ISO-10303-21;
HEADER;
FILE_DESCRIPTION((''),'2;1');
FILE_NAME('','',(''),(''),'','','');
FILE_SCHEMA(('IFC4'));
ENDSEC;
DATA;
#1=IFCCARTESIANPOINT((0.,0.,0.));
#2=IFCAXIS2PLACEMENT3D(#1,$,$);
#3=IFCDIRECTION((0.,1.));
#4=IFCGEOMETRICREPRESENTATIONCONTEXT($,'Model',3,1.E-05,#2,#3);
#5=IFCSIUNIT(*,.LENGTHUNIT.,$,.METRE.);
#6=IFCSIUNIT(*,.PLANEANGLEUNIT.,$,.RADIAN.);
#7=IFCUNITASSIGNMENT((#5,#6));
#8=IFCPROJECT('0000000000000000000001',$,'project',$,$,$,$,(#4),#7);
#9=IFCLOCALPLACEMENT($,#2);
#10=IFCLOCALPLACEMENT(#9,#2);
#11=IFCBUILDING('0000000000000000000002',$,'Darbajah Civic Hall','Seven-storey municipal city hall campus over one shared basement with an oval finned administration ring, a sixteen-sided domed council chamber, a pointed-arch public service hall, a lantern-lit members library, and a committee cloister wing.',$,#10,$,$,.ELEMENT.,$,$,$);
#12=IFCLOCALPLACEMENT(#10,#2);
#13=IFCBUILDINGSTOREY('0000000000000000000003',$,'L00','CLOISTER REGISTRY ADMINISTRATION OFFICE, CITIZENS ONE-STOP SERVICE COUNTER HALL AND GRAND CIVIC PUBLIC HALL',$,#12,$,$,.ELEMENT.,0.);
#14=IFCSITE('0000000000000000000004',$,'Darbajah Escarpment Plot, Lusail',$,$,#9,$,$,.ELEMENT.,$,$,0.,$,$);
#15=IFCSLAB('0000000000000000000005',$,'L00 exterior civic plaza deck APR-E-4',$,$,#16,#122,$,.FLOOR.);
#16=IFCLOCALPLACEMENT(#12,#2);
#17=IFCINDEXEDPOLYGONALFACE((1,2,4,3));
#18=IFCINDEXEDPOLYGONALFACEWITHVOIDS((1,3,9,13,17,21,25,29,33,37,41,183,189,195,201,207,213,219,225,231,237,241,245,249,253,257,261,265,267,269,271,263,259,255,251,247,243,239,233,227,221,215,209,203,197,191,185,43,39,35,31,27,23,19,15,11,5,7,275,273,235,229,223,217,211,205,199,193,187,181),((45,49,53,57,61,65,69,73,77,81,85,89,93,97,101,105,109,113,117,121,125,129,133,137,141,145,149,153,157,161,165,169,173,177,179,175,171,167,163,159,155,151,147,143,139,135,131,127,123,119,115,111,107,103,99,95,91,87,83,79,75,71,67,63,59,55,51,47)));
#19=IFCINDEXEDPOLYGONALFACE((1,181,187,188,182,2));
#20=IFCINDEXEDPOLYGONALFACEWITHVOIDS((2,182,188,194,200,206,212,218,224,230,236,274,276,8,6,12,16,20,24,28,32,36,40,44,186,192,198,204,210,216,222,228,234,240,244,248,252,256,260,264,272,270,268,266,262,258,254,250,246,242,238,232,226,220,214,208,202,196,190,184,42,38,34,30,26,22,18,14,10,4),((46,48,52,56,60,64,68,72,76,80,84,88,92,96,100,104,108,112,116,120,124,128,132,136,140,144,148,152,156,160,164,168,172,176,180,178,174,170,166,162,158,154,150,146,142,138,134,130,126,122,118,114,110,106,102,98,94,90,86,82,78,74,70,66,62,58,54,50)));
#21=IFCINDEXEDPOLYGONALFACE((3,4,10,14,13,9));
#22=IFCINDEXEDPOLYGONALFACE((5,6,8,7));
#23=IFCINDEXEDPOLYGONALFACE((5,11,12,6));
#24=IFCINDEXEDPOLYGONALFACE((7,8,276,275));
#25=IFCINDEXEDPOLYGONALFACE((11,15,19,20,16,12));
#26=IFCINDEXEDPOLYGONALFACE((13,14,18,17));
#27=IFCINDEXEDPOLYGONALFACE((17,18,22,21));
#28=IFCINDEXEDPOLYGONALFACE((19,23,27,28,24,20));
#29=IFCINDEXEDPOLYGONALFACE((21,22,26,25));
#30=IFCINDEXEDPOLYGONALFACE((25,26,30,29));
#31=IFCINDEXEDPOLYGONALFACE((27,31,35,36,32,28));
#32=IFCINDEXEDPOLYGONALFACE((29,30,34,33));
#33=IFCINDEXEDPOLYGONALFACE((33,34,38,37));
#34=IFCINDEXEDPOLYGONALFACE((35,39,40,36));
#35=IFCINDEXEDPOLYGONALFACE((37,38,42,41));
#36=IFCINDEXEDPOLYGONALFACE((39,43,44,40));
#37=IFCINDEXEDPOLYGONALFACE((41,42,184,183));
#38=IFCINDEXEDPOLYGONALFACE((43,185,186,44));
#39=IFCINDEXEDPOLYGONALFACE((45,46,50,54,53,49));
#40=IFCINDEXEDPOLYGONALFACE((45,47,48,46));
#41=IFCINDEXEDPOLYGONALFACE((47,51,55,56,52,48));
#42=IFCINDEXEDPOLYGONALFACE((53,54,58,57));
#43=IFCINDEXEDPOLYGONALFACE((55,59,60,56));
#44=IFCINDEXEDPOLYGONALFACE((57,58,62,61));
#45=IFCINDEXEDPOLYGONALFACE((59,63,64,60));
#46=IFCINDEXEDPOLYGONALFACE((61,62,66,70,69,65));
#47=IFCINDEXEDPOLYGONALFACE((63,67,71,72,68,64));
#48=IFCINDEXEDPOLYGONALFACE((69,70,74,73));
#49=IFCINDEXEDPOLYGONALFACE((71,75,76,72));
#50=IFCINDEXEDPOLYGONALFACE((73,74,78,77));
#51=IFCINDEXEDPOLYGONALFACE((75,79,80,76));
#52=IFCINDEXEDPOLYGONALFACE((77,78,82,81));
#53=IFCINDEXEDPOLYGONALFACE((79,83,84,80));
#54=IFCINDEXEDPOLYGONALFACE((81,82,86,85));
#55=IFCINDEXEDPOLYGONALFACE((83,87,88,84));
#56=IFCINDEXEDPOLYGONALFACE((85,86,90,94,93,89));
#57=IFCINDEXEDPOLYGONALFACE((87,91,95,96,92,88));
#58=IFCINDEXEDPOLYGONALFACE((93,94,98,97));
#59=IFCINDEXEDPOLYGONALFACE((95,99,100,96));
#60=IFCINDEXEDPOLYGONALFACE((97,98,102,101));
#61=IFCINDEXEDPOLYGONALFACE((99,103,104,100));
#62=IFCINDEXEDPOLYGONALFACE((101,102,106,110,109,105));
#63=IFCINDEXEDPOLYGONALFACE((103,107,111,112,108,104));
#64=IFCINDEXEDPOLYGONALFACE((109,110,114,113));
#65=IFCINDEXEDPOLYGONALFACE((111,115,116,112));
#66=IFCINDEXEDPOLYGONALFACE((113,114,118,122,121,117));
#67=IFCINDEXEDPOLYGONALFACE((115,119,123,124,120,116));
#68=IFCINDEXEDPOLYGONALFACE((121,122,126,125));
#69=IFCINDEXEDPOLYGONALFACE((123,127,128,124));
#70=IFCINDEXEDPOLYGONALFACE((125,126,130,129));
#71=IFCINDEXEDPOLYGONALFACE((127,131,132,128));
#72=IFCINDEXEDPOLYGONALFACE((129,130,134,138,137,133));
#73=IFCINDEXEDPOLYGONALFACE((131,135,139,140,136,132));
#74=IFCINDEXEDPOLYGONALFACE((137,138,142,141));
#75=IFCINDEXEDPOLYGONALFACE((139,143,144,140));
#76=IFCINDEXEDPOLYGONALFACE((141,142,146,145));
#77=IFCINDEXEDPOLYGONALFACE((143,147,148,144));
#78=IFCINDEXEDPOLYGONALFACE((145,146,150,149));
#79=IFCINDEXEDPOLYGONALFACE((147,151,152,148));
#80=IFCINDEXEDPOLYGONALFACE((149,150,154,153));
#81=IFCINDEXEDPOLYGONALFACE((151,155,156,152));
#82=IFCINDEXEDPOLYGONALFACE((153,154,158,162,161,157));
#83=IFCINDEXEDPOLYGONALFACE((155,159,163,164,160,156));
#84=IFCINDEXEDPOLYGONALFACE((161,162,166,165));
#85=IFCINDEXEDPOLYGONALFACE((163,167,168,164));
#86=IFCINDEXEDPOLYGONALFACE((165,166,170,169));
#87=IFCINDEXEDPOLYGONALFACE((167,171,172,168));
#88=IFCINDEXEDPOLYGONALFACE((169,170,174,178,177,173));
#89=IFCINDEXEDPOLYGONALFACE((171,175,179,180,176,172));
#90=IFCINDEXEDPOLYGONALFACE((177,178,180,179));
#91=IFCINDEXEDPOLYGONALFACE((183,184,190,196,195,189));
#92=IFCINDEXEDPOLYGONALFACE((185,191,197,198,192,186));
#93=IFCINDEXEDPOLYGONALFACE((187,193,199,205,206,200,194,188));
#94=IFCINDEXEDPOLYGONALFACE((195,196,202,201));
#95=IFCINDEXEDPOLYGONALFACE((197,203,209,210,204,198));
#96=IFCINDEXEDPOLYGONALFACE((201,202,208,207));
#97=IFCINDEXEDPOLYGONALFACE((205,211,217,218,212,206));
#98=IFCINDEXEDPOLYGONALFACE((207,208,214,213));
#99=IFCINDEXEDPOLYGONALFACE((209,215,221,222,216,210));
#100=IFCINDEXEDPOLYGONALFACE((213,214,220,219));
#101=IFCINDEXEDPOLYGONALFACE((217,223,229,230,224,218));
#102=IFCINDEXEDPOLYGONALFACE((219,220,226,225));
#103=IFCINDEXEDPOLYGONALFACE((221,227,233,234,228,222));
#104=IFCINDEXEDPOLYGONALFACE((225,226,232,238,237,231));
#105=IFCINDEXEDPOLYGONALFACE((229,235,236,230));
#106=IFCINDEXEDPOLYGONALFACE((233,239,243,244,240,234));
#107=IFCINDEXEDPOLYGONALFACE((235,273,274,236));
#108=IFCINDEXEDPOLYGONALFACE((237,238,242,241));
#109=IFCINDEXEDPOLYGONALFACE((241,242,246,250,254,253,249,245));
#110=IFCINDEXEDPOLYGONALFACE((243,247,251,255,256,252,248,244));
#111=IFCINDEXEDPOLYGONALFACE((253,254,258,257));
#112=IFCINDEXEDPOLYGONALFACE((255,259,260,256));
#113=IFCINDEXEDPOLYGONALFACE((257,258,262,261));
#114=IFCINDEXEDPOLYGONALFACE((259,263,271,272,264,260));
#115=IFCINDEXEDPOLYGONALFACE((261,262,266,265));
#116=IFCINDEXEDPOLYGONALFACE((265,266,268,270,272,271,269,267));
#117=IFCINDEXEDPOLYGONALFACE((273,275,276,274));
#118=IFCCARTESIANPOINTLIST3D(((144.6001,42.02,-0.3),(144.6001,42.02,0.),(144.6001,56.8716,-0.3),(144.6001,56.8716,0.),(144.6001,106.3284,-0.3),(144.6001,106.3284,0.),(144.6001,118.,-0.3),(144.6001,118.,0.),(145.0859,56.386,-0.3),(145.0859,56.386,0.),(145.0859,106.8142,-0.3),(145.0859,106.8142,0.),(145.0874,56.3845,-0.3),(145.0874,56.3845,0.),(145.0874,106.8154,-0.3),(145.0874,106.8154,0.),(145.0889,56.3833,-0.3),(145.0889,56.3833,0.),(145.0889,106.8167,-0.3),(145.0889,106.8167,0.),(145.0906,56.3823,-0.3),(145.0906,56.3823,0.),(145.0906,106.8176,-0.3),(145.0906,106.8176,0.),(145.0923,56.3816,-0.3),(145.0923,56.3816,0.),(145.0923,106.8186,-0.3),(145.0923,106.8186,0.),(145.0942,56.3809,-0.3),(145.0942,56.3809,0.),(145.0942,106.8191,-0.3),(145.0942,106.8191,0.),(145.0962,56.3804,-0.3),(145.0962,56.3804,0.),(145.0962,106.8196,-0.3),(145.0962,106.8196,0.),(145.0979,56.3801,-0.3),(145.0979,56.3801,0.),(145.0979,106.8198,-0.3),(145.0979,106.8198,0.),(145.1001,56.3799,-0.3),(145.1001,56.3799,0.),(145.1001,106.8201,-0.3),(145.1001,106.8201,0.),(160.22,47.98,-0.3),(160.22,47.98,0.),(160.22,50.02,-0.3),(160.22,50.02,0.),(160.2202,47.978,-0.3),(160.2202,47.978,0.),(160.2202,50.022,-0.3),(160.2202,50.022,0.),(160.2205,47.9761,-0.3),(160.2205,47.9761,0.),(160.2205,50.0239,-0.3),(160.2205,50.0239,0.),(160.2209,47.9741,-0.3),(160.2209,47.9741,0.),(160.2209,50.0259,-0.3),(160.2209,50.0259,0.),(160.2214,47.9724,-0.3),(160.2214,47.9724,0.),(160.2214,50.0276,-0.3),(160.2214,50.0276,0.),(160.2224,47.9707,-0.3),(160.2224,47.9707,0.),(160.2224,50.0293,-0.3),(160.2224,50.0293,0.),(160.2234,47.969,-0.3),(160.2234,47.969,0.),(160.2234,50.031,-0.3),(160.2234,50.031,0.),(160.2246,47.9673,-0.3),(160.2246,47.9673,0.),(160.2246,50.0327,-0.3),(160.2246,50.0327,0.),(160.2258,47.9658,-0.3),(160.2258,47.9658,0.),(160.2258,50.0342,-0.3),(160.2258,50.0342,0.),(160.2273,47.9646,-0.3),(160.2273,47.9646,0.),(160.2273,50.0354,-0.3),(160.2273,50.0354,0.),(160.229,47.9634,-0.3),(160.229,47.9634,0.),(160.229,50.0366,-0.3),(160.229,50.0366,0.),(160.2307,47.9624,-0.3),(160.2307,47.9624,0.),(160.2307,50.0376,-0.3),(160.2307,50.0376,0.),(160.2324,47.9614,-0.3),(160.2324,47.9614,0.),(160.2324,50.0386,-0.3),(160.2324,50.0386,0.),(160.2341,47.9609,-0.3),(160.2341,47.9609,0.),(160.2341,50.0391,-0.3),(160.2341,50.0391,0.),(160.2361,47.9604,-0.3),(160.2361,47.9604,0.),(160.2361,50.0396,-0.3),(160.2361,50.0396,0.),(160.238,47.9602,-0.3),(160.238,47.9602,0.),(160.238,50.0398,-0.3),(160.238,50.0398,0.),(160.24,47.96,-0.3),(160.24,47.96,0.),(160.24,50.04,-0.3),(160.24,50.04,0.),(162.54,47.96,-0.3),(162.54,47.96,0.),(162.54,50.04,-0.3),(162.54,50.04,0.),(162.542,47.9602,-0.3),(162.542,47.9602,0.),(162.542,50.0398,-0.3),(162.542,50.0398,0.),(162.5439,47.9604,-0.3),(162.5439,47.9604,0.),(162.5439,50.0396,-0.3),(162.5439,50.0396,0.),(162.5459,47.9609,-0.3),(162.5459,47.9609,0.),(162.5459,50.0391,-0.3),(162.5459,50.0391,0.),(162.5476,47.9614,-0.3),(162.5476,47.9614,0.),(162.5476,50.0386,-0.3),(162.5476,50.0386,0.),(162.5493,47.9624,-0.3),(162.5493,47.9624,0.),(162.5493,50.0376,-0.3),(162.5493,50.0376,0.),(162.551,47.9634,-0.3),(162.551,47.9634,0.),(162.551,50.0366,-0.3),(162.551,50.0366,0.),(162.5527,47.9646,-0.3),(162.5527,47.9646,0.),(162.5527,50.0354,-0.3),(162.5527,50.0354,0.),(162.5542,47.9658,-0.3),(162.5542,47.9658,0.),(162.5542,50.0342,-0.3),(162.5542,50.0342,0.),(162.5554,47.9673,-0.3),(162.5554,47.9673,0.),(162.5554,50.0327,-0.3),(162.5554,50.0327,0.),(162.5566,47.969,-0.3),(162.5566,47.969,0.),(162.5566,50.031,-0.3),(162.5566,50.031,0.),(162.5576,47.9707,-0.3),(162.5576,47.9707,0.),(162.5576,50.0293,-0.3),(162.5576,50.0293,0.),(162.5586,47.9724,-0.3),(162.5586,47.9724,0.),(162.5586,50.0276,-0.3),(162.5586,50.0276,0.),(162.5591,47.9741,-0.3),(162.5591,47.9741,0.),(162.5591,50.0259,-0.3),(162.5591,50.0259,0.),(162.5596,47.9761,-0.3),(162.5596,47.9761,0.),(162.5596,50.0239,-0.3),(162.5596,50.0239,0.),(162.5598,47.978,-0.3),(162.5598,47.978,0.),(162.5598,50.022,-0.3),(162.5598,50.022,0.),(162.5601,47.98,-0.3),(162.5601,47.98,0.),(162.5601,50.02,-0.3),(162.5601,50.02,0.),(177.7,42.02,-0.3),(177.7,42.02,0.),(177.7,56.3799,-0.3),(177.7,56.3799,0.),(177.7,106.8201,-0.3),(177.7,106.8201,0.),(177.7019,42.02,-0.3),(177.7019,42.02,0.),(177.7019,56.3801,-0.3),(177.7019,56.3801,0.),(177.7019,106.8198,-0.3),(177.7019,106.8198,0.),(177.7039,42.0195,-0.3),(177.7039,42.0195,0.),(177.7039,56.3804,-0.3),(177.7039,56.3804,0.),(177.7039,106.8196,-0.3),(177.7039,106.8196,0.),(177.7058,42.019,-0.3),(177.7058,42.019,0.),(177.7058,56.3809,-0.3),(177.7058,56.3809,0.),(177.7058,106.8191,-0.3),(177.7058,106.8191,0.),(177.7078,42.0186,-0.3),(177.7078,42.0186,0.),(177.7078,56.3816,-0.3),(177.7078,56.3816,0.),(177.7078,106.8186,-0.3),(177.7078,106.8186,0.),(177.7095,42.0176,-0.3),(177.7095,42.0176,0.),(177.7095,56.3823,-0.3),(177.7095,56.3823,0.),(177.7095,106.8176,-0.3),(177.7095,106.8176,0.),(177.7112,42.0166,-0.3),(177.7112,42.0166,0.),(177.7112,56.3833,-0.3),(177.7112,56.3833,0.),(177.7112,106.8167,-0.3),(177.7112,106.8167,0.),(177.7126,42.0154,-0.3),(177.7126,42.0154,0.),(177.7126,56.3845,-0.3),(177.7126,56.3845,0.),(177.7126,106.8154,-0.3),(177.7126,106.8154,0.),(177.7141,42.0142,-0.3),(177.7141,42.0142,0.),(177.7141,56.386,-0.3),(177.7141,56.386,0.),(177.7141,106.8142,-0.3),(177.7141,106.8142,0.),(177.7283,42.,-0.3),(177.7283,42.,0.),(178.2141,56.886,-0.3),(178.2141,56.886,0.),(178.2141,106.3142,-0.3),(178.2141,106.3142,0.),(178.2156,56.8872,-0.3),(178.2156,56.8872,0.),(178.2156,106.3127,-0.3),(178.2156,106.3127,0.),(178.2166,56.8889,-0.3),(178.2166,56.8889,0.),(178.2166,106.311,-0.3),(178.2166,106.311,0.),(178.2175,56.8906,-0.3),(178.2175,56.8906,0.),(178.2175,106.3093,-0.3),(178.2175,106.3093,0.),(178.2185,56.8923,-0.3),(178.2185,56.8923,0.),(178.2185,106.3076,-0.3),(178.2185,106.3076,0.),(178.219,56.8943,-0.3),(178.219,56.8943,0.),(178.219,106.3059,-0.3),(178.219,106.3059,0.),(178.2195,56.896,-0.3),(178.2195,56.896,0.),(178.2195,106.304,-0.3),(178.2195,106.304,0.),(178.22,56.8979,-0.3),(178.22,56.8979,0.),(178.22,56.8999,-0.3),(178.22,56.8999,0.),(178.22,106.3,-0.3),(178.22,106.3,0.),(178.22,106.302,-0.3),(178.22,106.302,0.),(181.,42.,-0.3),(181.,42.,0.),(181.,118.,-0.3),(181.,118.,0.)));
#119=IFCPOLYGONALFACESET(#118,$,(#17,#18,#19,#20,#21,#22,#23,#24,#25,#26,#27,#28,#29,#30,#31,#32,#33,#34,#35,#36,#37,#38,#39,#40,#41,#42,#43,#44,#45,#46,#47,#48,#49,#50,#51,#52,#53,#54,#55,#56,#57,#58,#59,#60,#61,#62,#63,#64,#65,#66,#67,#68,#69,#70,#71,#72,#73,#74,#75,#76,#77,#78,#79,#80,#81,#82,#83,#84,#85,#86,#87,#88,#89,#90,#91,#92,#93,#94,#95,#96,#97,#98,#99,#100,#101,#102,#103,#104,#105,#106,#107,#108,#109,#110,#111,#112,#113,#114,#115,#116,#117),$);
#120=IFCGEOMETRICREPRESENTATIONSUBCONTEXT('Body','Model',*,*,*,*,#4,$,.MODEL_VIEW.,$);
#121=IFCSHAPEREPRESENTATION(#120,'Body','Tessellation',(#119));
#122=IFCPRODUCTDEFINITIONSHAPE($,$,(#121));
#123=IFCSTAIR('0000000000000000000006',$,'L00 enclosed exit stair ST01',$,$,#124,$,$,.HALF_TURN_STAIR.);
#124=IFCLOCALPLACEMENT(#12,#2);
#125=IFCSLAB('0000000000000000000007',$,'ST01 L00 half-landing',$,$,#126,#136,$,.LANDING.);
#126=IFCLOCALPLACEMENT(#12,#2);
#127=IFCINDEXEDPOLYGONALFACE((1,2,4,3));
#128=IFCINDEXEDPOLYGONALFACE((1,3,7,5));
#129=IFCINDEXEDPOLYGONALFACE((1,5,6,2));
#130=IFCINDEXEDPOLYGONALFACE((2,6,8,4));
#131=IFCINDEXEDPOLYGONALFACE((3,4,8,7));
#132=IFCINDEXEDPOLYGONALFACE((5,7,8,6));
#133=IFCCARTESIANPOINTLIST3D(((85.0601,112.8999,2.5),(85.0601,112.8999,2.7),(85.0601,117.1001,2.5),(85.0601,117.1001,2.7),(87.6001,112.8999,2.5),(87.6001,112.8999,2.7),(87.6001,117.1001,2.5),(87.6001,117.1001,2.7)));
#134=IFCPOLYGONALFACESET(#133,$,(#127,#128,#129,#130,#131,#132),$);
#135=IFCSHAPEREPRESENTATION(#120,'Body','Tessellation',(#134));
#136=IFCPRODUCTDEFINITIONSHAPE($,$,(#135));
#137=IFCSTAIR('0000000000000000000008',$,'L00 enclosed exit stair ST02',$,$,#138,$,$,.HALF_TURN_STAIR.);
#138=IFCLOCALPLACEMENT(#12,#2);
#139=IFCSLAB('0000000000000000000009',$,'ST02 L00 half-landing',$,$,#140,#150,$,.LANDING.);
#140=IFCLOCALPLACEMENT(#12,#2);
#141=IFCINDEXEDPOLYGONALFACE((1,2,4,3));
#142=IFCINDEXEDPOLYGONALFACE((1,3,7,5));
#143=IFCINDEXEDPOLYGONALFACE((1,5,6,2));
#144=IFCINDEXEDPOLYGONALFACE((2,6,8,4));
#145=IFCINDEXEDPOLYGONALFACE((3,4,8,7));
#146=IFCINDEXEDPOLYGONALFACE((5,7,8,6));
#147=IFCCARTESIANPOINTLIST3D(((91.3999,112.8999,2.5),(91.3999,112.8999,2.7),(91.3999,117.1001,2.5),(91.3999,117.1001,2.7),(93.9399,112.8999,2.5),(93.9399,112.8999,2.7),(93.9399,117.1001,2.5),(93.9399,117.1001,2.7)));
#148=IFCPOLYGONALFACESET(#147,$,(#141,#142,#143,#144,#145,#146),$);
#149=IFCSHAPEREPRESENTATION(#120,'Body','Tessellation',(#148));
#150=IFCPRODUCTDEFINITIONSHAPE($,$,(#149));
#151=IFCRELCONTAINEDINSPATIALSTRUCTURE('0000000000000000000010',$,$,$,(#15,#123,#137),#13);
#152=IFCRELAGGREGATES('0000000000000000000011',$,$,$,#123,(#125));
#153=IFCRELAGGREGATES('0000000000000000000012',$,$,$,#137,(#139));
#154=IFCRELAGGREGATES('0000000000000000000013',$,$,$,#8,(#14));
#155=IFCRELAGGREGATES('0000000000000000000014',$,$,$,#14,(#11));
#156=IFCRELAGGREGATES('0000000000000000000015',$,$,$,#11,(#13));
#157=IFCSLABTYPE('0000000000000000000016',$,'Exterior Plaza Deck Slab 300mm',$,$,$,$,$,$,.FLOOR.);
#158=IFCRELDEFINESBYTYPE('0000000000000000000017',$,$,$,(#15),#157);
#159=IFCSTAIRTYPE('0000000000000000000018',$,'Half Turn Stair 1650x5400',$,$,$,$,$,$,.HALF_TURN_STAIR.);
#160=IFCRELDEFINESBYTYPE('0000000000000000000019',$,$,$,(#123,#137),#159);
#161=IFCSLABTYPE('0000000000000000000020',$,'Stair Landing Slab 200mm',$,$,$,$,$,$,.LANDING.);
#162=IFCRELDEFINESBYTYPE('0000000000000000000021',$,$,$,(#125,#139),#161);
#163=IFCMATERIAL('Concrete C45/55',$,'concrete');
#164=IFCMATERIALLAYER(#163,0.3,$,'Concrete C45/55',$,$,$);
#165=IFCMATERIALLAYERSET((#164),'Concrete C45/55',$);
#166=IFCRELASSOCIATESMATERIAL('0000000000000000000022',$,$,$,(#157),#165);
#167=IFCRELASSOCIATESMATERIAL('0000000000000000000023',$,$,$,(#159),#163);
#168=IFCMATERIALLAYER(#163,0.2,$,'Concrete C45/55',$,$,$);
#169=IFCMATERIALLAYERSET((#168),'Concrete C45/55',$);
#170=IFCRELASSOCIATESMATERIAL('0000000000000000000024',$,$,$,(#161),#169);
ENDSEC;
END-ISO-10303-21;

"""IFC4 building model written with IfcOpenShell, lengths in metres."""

from ifc_helpers import new_model, si_unit, direction, frame, origin, place, context, subcontext, project, spatial, polyline, outline, extrude, material, layer, layer_set, type_object, element, aggregate, save


model = new_model("IFC4")

# Units and contexts
model_context = context("Model", 3, precision=1e-05, world=origin(), true_north=direction((0.0, 1.0)))
body_context = subcontext(model_context, "Body", "Model", "MODEL_VIEW")
ifc_project = project(units=[si_unit("LENGTHUNIT", "METRE"), si_unit("PLANEANGLEUNIT", "RADIAN")], contexts=[model_context])

# Site, building, storey
site_placement = place(None, origin())
site = spatial("IfcSite", under=ifc_project, at=site_placement, Name="Darbajah Escarpment Plot, Lusail", CompositionType="ELEMENT", RefElevation=0.0)
building_placement = place(site_placement, origin())
building = spatial("IfcBuilding", under=site, at=building_placement, Name="Darbajah Civic Hall", Description="Seven-storey municipal city hall campus over one shared basement with an oval finned administration ring, a sixteen-sided domed council chamber, a pointed-arch public service hall, a lantern-lit members library, and a committee cloister wing.", CompositionType="ELEMENT")
storey_placement = place(building_placement, origin())
storey = spatial("IfcBuildingStorey", under=building, at=storey_placement, Name="L00", Description="CLOISTER REGISTRY ADMINISTRATION OFFICE, CITIZENS ONE-STOP SERVICE COUNTER HALL AND GRAND CIVIC PUBLIC HALL", CompositionType="ELEMENT", Elevation=0.0)

# Slab
ifc_material_1 = material(Name="Concrete C45/55", Category="concrete")
ifc_layer_1 = layer(ifc_material_1, 0.3, Name="Concrete C45/55")
ifc_layer_set_1 = layer_set([ifc_layer_1], Name="Concrete C45/55")
slab_type_1 = type_object("IfcSlabType", Name="Exterior Plaza Deck Slab 300mm", PredefinedType="FLOOR", material=ifc_layer_set_1)
slab_1_placement = place(storey_placement, frame((0.0, 0.0, -0.3)))
element("IfcSlab", 1, at=slab_1_placement, inside=storey, type_object=slab_type_1, Name="L00 exterior civic plaza deck APR-E-4", PredefinedType="FLOOR", context=body_context, shape_type="SweptSolid", body=[
    extrude(outline(polyline([(144.6001, 118.0), (181.0, 118.0), (181.0, 42.0), (177.7283, 42.0), (177.7141, 42.0142), (177.7126, 42.0154), (177.7112, 42.0166), (177.7095, 42.0176), (177.7078, 42.0186), (177.7058, 42.019), (177.7039, 42.0195), (177.7019, 42.02), (177.7, 42.02), (144.6001, 42.02), (144.6001, 56.8716), (145.0859, 56.386), (145.0874, 56.3845), (145.0889, 56.3833), (145.0906, 56.3823), (145.0923, 56.3816), (145.0942, 56.3809), (145.0962, 56.3804), (145.0979, 56.3801), (145.1001, 56.3799), (177.7, 56.3799), (177.7019, 56.3801), (177.7039, 56.3804), (177.7058, 56.3809), (177.7078, 56.3816), (177.7095, 56.3823), (177.7112, 56.3833), (177.7126, 56.3845), (177.7141, 56.386), (178.2141, 56.886), (178.2156, 56.8872), (178.2166, 56.8889), (178.2175, 56.8906), (178.2185, 56.8923), (178.219, 56.8943), (178.2195, 56.896), (178.22, 56.8979), (178.22, 56.8999), (178.22, 106.3), (178.22, 106.302), (178.2195, 106.304), (178.219, 106.3059), (178.2185, 106.3076), (178.2175, 106.3093), (178.2166, 106.311), (178.2156, 106.3127), (178.2141, 106.3142), (177.7141, 106.8142), (177.7126, 106.8154), (177.7112, 106.8167), (177.7095, 106.8176), (177.7078, 106.8186), (177.7058, 106.8191), (177.7039, 106.8196), (177.7019, 106.8198), (177.7, 106.8201), (145.1001, 106.8201), (145.0979, 106.8198), (145.0962, 106.8196), (145.0942, 106.8191), (145.0923, 106.8186), (145.0906, 106.8176), (145.0889, 106.8167), (145.0874, 106.8154), (145.0859, 106.8142), (144.6001, 106.3284), (144.6001, 118.0)]), holes=[polyline([(162.5596, 47.9761), (162.5598, 47.978), (162.5601, 47.98), (162.5601, 50.02), (162.5598, 50.022), (162.5596, 50.0239), (162.5591, 50.0259), (162.5586, 50.0276), (162.5576, 50.0293), (162.5566, 50.031), (162.5554, 50.0327), (162.5542, 50.0342), (162.5527, 50.0354), (162.551, 50.0366), (162.5493, 50.0376), (162.5476, 50.0386), (162.5459, 50.0391), (162.5439, 50.0396), (162.542, 50.0398), (162.54, 50.04), (160.24, 50.04), (160.238, 50.0398), (160.2361, 50.0396), (160.2341, 50.0391), (160.2324, 50.0386), (160.2307, 50.0376), (160.229, 50.0366), (160.2273, 50.0354), (160.2258, 50.0342), (160.2246, 50.0327), (160.2234, 50.031), (160.2224, 50.0293), (160.2214, 50.0276), (160.2209, 50.0259), (160.2205, 50.0239), (160.2202, 50.022), (160.22, 50.02), (160.22, 47.98), (160.2202, 47.978), (160.2205, 47.9761), (160.2209, 47.9741), (160.2214, 47.9724), (160.2224, 47.9707), (160.2234, 47.969), (160.2246, 47.9673), (160.2258, 47.9658), (160.2273, 47.9646), (160.229, 47.9634), (160.2307, 47.9624), (160.2324, 47.9614), (160.2341, 47.9609), (160.2361, 47.9604), (160.238, 47.9602), (160.24, 47.96), (162.54, 47.96), (162.542, 47.9602), (162.5439, 47.9604), (162.5459, 47.9609), (162.5476, 47.9614), (162.5493, 47.9624), (162.551, 47.9634), (162.5527, 47.9646), (162.5542, 47.9658), (162.5554, 47.9673), (162.5566, 47.969), (162.5576, 47.9707), (162.5586, 47.9724), (162.5591, 47.9741), (162.5596, 47.9761)])]), origin(), (0.0, 0.0, 1.0), 0.3),
])

# Stairs, slabs
stair_type_1 = type_object("IfcStairType", Name="Half Turn Stair 1650x5400", PredefinedType="HALF_TURN_STAIR", material=ifc_material_1)
stair_1_placement = place(storey_placement, origin())
stair_1 = element("IfcStair", 2, at=stair_1_placement, inside=storey, type_object=stair_type_1, Name="L00 enclosed exit stair ST01", PredefinedType="HALF_TURN_STAIR")
ifc_layer_2 = layer(ifc_material_1, 0.2, Name="Concrete C45/55")
ifc_layer_set_2 = layer_set([ifc_layer_2], Name="Concrete C45/55")
slab_type_2 = type_object("IfcSlabType", Name="Stair Landing Slab 200mm", PredefinedType="LANDING", material=ifc_layer_set_2)
slab_2_placement = place(storey_placement, frame((0.0, 0.0, 2.5)))
slab_2 = element("IfcSlab", 3, at=slab_2_placement, type_object=slab_type_2, Name="ST01 L00 half-landing", PredefinedType="LANDING", context=body_context, shape_type="SweptSolid", body=[
    extrude(outline(polyline([(85.0601, 112.8999), (87.6001, 112.8999), (87.6001, 117.1001), (85.0601, 117.1001), (85.0601, 112.8999)])), origin(), (0.0, 0.0, 1.0), 0.2),
])
aggregate(stair_1, [slab_2])
stair_2_placement = place(storey_placement, origin())
stair_2 = element("IfcStair", 4, at=stair_2_placement, inside=storey, type_object=stair_type_1, Name="L00 enclosed exit stair ST02", PredefinedType="HALF_TURN_STAIR")
slab_3_placement = place(storey_placement, frame((0.0, 0.0, 2.5)))
slab_3 = element("IfcSlab", 5, at=slab_3_placement, type_object=slab_type_2, Name="ST02 L00 half-landing", PredefinedType="LANDING", context=body_context, shape_type="SweptSolid", body=[
    extrude(outline(polyline([(91.3999, 112.8999), (93.9399, 112.8999), (93.9399, 117.1001), (91.3999, 117.1001), (91.3999, 112.8999)])), origin(), (0.0, 0.0, 1.0), 0.2),
])
aggregate(stair_2, [slab_3])

save(model, "model.ifc")
